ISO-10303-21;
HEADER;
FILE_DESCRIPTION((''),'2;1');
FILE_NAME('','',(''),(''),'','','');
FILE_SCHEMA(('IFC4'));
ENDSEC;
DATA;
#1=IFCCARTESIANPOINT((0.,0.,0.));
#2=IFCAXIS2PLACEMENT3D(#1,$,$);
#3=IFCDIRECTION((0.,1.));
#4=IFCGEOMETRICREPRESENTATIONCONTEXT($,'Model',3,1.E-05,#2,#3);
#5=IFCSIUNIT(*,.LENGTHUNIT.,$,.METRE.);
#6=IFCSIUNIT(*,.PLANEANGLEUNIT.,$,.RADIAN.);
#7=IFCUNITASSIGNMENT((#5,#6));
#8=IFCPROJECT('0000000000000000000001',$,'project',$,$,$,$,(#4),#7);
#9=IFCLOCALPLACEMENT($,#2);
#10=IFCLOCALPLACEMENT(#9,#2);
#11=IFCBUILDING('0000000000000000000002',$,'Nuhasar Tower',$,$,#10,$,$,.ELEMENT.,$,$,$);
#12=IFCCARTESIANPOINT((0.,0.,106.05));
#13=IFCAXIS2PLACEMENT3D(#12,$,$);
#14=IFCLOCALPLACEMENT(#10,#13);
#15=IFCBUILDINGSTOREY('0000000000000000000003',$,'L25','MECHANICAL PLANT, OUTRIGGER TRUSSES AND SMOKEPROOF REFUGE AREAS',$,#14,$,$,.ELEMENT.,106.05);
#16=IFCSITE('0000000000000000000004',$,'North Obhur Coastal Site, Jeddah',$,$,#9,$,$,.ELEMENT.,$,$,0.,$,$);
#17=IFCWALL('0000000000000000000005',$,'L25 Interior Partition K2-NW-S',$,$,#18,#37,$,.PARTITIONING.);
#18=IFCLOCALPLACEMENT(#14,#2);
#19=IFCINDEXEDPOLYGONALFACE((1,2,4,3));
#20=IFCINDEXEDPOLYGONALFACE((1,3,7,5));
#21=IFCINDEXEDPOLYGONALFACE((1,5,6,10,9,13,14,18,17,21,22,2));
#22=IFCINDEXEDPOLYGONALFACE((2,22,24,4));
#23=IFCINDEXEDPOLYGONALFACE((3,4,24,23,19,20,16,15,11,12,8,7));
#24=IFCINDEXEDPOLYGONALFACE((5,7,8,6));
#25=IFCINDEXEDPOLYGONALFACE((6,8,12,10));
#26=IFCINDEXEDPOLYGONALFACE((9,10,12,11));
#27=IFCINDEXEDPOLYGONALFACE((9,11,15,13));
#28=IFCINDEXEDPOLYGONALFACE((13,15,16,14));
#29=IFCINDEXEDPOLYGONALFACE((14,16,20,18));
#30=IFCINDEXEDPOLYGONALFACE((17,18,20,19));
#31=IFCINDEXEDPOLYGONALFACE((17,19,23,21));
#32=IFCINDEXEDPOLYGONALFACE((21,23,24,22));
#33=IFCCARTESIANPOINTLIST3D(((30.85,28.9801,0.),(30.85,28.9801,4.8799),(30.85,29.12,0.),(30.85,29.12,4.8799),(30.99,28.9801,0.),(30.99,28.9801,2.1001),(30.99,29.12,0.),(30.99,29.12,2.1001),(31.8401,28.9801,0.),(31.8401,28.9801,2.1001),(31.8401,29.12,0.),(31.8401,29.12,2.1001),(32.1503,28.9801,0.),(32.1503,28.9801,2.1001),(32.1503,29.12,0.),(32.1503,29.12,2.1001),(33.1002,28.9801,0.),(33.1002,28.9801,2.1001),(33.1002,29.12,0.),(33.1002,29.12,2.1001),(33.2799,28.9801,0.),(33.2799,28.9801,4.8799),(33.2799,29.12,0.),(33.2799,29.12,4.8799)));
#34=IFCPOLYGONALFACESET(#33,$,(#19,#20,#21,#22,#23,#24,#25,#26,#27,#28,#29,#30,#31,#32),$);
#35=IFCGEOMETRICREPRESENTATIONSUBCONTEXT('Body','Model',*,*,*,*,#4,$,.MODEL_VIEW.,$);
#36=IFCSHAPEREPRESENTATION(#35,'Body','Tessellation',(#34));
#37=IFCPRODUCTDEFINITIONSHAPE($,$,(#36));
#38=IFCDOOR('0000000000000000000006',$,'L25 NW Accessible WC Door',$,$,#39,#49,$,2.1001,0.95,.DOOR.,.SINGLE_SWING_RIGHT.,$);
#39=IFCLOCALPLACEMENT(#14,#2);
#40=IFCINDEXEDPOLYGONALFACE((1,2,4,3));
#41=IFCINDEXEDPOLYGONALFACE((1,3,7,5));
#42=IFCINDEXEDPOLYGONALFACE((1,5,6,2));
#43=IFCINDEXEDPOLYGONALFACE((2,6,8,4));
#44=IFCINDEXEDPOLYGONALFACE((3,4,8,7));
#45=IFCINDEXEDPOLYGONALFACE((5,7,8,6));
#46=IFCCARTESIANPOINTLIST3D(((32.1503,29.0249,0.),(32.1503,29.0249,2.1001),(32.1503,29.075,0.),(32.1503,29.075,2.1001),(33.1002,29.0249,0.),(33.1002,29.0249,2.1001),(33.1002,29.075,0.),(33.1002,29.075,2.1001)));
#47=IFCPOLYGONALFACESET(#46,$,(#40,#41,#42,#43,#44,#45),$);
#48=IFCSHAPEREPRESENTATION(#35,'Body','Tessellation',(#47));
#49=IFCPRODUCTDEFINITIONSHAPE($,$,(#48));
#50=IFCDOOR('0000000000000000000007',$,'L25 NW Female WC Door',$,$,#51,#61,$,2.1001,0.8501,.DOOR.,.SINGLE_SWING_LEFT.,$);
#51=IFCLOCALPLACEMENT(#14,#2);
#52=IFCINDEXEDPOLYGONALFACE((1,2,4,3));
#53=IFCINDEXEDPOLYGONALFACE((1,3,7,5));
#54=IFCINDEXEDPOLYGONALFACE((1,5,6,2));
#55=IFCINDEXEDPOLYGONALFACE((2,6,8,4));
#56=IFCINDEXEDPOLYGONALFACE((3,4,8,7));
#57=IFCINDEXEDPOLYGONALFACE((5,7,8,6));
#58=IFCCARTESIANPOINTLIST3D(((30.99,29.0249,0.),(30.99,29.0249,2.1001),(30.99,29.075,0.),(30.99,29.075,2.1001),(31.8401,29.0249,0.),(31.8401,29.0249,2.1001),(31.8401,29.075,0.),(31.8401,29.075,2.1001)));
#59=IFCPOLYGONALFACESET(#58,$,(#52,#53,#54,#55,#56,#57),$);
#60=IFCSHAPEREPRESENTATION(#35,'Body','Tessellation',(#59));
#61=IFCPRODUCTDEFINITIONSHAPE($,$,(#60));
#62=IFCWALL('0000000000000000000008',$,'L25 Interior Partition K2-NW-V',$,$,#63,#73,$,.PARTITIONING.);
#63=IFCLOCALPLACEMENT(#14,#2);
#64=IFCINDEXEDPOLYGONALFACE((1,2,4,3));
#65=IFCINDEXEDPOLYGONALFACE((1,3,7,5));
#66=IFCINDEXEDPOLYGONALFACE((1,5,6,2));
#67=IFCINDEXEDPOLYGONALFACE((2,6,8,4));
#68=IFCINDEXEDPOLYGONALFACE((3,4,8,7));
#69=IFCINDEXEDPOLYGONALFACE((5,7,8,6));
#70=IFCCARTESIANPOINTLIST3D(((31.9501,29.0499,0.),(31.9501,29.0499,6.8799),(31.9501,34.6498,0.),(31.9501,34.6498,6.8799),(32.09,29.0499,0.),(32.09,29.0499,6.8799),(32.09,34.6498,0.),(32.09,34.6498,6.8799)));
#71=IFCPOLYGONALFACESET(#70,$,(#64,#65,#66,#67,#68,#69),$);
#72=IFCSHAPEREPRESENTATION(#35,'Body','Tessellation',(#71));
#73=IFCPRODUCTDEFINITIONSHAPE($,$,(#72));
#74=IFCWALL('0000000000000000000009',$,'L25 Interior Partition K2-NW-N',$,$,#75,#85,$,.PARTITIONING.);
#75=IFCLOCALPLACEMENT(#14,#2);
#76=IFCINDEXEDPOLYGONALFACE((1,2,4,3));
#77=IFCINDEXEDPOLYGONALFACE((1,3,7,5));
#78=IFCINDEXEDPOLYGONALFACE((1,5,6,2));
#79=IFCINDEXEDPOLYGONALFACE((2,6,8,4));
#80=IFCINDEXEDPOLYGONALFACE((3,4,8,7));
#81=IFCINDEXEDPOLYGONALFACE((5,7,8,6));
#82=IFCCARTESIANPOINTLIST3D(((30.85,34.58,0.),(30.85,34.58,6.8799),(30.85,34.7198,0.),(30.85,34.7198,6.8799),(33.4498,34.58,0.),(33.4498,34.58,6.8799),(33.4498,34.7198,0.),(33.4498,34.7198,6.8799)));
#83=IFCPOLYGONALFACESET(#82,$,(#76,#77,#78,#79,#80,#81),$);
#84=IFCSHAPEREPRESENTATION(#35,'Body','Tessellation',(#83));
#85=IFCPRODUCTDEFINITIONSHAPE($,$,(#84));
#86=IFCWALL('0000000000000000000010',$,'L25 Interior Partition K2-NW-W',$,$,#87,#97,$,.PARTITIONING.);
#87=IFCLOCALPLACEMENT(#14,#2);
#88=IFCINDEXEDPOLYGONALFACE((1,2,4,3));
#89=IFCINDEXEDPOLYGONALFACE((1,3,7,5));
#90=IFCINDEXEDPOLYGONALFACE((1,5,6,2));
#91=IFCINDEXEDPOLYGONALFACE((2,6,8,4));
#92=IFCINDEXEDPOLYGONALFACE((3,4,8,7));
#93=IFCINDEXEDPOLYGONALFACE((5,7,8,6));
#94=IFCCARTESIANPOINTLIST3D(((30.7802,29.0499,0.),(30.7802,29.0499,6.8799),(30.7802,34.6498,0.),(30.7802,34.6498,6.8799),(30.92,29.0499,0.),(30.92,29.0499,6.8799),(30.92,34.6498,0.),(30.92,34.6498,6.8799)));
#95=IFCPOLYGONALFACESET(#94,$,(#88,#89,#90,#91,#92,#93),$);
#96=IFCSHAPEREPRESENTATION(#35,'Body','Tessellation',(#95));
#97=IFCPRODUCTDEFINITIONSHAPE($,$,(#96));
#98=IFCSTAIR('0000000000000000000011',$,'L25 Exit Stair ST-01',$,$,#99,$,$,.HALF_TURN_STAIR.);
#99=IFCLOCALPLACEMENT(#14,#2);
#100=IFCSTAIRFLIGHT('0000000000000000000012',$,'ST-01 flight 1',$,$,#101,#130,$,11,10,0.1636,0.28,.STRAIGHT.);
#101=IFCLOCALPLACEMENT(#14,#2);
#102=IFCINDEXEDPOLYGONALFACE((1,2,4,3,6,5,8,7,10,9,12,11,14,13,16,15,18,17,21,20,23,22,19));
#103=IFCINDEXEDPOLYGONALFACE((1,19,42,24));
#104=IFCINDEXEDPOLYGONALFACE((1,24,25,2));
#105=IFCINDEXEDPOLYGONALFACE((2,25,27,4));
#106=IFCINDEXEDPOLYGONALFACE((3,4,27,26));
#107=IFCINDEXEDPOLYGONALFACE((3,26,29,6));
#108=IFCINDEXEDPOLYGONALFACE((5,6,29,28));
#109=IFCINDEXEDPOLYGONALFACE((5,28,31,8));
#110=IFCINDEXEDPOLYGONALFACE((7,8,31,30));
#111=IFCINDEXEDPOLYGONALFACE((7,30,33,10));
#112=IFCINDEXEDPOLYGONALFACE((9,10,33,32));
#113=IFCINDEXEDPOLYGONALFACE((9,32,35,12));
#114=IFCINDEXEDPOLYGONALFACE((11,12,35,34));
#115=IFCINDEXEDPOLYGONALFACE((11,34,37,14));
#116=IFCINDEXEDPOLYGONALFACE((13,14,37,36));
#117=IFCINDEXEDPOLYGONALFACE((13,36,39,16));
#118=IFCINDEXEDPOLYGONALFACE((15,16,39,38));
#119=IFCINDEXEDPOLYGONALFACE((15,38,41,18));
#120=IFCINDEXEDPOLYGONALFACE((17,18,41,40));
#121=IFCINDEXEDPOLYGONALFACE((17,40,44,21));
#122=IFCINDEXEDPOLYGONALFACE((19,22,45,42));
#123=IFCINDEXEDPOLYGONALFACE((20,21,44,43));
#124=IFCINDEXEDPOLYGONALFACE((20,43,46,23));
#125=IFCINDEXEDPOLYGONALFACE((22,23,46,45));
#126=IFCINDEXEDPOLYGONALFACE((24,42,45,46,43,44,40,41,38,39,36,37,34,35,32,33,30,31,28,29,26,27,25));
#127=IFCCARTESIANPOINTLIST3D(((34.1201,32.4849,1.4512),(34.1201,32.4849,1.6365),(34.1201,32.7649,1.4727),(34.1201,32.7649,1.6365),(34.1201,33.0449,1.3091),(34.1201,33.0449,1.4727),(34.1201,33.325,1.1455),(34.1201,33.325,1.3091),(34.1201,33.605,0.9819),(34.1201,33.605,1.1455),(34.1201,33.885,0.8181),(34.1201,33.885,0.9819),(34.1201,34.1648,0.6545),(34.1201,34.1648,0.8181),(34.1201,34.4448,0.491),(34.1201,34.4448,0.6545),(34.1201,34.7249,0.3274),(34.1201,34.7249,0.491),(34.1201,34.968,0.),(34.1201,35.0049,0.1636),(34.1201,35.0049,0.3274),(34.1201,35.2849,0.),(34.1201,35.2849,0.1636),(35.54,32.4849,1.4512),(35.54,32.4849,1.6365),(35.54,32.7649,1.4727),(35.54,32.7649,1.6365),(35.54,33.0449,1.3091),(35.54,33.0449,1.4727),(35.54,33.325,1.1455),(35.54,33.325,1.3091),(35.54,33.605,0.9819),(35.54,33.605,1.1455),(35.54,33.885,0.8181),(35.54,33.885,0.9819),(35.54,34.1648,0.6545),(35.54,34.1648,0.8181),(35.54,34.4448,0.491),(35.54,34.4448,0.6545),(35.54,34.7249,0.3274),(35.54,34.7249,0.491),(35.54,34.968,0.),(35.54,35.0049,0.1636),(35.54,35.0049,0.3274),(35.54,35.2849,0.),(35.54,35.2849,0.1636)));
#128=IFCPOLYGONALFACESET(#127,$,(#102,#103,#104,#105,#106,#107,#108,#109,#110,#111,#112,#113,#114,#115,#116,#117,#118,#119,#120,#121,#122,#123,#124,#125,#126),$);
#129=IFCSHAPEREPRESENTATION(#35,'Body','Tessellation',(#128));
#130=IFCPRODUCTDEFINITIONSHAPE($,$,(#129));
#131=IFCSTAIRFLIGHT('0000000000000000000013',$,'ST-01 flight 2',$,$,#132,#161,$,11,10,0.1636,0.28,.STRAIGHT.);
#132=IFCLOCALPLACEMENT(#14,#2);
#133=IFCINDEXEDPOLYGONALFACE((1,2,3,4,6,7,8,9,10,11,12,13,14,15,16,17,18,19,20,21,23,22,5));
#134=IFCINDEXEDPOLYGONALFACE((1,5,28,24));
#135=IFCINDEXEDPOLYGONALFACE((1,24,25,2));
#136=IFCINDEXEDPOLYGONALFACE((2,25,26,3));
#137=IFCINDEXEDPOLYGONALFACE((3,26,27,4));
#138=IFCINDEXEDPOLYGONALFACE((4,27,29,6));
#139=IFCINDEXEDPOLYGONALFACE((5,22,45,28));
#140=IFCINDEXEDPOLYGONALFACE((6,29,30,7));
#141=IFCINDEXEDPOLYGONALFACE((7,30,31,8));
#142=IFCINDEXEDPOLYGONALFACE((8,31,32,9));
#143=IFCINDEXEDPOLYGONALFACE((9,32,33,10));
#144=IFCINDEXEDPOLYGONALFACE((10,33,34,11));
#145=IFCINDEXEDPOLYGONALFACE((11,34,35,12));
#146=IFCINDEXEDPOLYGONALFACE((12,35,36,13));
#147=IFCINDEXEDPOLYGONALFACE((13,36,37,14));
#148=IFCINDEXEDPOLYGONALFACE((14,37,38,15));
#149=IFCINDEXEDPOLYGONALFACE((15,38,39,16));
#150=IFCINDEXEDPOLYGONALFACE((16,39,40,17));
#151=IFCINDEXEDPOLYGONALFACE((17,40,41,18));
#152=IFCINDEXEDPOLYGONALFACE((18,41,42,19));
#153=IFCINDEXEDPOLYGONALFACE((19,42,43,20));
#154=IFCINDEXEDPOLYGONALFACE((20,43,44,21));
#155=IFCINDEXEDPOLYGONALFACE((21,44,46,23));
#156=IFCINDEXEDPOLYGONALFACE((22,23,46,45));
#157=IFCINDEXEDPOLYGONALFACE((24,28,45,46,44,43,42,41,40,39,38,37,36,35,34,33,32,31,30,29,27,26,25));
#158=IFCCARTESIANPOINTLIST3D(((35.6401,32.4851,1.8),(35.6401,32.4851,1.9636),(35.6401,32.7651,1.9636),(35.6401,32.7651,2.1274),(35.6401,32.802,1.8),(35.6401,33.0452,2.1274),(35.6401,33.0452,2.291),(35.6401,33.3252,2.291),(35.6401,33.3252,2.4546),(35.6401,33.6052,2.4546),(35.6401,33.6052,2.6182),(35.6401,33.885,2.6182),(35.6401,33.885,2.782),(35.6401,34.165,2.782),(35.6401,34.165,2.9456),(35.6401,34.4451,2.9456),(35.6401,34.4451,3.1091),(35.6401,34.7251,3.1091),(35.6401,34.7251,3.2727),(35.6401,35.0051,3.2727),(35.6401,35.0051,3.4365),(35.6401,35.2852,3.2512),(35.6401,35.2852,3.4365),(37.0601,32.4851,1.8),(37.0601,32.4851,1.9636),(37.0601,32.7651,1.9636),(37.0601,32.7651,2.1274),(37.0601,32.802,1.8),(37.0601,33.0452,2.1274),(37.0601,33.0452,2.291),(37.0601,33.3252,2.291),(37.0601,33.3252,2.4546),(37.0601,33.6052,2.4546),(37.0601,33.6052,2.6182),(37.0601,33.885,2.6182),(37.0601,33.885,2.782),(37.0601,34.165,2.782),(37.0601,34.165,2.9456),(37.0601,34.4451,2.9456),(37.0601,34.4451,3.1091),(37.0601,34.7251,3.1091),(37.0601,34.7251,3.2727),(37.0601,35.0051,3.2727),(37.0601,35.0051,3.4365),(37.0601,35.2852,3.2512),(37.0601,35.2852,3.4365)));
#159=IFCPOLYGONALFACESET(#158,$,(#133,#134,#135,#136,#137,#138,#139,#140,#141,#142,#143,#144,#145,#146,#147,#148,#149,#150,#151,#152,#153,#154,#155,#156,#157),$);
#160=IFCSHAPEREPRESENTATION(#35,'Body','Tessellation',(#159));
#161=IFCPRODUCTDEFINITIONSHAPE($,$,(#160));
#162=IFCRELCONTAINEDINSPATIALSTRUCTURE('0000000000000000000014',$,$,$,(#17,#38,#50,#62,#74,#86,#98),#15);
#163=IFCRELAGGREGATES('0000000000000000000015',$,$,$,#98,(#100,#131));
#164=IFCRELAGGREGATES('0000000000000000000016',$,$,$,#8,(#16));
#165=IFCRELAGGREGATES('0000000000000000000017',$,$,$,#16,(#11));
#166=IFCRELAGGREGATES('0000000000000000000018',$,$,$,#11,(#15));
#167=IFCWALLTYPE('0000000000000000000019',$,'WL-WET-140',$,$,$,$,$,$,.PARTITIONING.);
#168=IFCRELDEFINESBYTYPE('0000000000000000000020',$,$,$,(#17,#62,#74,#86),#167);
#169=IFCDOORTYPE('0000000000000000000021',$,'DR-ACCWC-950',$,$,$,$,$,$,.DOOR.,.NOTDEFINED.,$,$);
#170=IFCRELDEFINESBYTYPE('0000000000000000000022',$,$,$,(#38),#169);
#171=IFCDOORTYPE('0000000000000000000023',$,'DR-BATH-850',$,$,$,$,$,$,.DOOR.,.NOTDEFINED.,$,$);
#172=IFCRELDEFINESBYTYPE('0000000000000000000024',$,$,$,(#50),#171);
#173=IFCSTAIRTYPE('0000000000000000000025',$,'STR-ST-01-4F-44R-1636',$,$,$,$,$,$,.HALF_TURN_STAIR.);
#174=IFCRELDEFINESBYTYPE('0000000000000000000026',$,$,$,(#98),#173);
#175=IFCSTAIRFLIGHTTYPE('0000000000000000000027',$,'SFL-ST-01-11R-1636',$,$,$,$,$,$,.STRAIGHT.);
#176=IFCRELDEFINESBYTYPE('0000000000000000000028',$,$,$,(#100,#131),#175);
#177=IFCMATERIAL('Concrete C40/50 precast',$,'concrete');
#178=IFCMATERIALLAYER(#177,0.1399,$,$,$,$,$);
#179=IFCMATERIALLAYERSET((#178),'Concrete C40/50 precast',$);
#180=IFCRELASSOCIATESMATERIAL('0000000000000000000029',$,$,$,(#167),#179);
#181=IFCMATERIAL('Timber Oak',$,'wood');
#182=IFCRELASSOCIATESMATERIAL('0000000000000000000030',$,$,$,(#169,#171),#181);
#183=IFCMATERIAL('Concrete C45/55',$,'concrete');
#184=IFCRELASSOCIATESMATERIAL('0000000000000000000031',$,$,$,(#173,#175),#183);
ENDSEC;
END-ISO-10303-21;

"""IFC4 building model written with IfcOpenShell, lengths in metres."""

from ifc_helpers import new_model, si_unit, direction, frame, frame_2d, origin, place, context, subcontext, project, spatial, polyline, rectangle, outline, extrude, material, layer, layer_set, type_object, element, fill, aggregate, save


model = new_model("IFC4")

# Units and contexts
model_context = context("Model", 3, precision=1e-05, world=origin(), true_north=direction((0.0, 1.0)))
body_context = subcontext(model_context, "Body", "Model", "MODEL_VIEW")
ifc_project = project(units=[si_unit("LENGTHUNIT", "METRE"), si_unit("PLANEANGLEUNIT", "RADIAN")], contexts=[model_context])

# Site, building, storey
site_placement = place(None, origin())
site = spatial("IfcSite", under=ifc_project, at=site_placement, Name="North Obhur Coastal Site, Jeddah", CompositionType="ELEMENT", RefElevation=0.0)
building_placement = place(site_placement, origin())
building = spatial("IfcBuilding", under=site, at=building_placement, Name="Nuhasar Tower", CompositionType="ELEMENT")
storey_placement = place(building_placement, frame((0.0, 0.0, 106.05)))
storey = spatial("IfcBuildingStorey", under=building, at=storey_placement, Name="L25", Description="MECHANICAL PLANT, OUTRIGGER TRUSSES AND SMOKEPROOF REFUGE AREAS", CompositionType="ELEMENT", Elevation=106.05)

# Shared definitions
ifc_material_1 = material(Name="Concrete C40/50 precast", Category="concrete")
ifc_layer_1 = layer(ifc_material_1, 0.1399)
ifc_layer_set_1 = layer_set([ifc_layer_1], Name="Concrete C40/50 precast")
wall_type_1 = type_object("IfcWallType", Name="WL-WET-140", PredefinedType="PARTITIONING", material=ifc_layer_set_1)

# Wall, openings, doors
wall_1_placement = place(storey_placement, frame((30.8501, 29.05, 0.0), z_axis=(0.0, 0.0, 1.0), x_axis=(1.0, 0.0, 0.0)))
wall_1 = element("IfcWall", 1, at=wall_1_placement, inside=storey, type_object=wall_type_1, Name="L25 Interior Partition K2-NW-S", PredefinedType="PARTITIONING", context=body_context, shape_type="SweptSolid", body=[
    extrude(rectangle(XDim=2.4299, YDim=0.1399, at=frame_2d((1.2148, 0.0))), origin(), (0.0, 0.0, 1.0), 4.8799),
])
opening_1_placement = place(wall_1_placement, frame((0.1399, 0.0, 0.0)))
opening_1 = element("IfcOpeningElement", 2, at=opening_1_placement, cuts=wall_1, PredefinedType="OPENING", context=body_context, shape_type="SweptSolid", body=[
    extrude(rectangle(XDim=0.8501, YDim=2.1001, at=frame_2d((0.425, 1.05))), frame((0.0, 0.0801, 0.0), z_axis=(0.0, -1.0, 0.0), x_axis=(1.0, 0.0, 0.0)), (0.0, 0.0, 1.0), 0.1599),
])
opening_2_placement = place(wall_1_placement, frame((1.3, 0.0, 0.0)))
opening_2 = element("IfcOpeningElement", 3, at=opening_2_placement, cuts=wall_1, PredefinedType="OPENING", context=body_context, shape_type="SweptSolid", body=[
    extrude(rectangle(XDim=0.95, YDim=2.1001, at=frame_2d((0.4751, 1.05))), frame((0.0, 0.0801, 0.0), z_axis=(0.0, -1.0, 0.0), x_axis=(1.0, 0.0, 0.0)), (0.0, 0.0, 1.0), 0.1599),
])
ifc_material_2 = material(Name="Timber Oak", Category="wood")
door_type_1 = type_object("IfcDoorType", Name="DR-ACCWC-950", OperationType="NOTDEFINED", PredefinedType="DOOR", material=ifc_material_2)
door_1_placement = place(opening_2_placement, origin())
door_1 = element("IfcDoor", 4, at=door_1_placement, inside=storey, type_object=door_type_1, Name="L25 NW Accessible WC Door", OperationType="SINGLE_SWING_RIGHT", OverallHeight=2.1001, OverallWidth=0.95, PredefinedType="DOOR", context=body_context, shape_type="SweptSolid", body=[
    extrude(rectangle(XDim=0.95, YDim=2.1001, at=frame_2d((0.4751, 1.05))), frame((0.0, 0.0249, 0.0), z_axis=(0.0, -1.0, 0.0), x_axis=(1.0, 0.0, 0.0)), (0.0, 0.0, 1.0), 0.05),
])
fill(opening_2, door_1)
door_type_2 = type_object("IfcDoorType", Name="DR-BATH-850", OperationType="NOTDEFINED", PredefinedType="DOOR", material=ifc_material_2)
door_2_placement = place(opening_1_placement, origin())
door_2 = element("IfcDoor", 5, at=door_2_placement, inside=storey, type_object=door_type_2, Name="L25 NW Female WC Door", OperationType="SINGLE_SWING_LEFT", OverallHeight=2.1001, OverallWidth=0.8501, PredefinedType="DOOR", context=body_context, shape_type="SweptSolid", body=[
    extrude(rectangle(XDim=0.8501, YDim=2.1001, at=frame_2d((0.425, 1.05))), frame((0.0, 0.0249, 0.0), z_axis=(0.0, -1.0, 0.0), x_axis=(1.0, 0.0, 0.0)), (0.0, 0.0, 1.0), 0.05),
])
fill(opening_1, door_2)

# Walls
wall_2_placement = place(storey_placement, frame((32.02, 29.05, 0.0), z_axis=(0.0, 0.0, 1.0), x_axis=(0.0, 1.0, 0.0)))
element("IfcWall", 6, at=wall_2_placement, inside=storey, type_object=wall_type_1, Name="L25 Interior Partition K2-NW-V", PredefinedType="PARTITIONING", context=body_context, shape_type="SweptSolid", body=[
    extrude(rectangle(XDim=5.5999, YDim=0.1399, at=frame_2d((2.7998, 0.0))), origin(), (0.0, 0.0, 1.0), 6.8799),
])
wall_3_placement = place(storey_placement, frame((30.8501, 34.6499, 0.0), z_axis=(0.0, 0.0, 1.0), x_axis=(1.0, 0.0, 0.0)))
element("IfcWall", 7, at=wall_3_placement, inside=storey, type_object=wall_type_1, Name="L25 Interior Partition K2-NW-N", PredefinedType="PARTITIONING", context=body_context, shape_type="SweptSolid", body=[
    extrude(rectangle(XDim=2.5999, YDim=0.1399, at=frame_2d((1.2998, 0.0))), origin(), (0.0, 0.0, 1.0), 6.8799),
])
wall_4_placement = place(storey_placement, frame((30.8501, 29.05, 0.0), z_axis=(0.0, 0.0, 1.0), x_axis=(0.0, 1.0, 0.0)))
element("IfcWall", 8, at=wall_4_placement, inside=storey, type_object=wall_type_1, Name="L25 Interior Partition K2-NW-W", PredefinedType="PARTITIONING", context=body_context, shape_type="SweptSolid", body=[
    extrude(rectangle(XDim=5.5999, YDim=0.1399, at=frame_2d((2.7998, 0.0))), origin(), (0.0, 0.0, 1.0), 6.8799),
])

# Stair, stair flights
ifc_material_3 = material(Name="Concrete C45/55", Category="concrete")
stair_type_1 = type_object("IfcStairType", Name="STR-ST-01-4F-44R-1636", PredefinedType="HALF_TURN_STAIR", material=ifc_material_3)
stair_1_placement = place(storey_placement, origin())
stair_1 = element("IfcStair", 9, at=stair_1_placement, inside=storey, type_object=stair_type_1, Name="L25 Exit Stair ST-01", PredefinedType="HALF_TURN_STAIR")
stair_flight_type_1 = type_object("IfcStairFlightType", Name="SFL-ST-01-11R-1636", PredefinedType="STRAIGHT", material=ifc_material_3)
stair_flight_1_placement = place(storey_placement, frame((34.8301, 35.2849, 0.0), z_axis=(0.0, 0.0, 1.0), x_axis=(0.0, -1.0, 0.0)))
stair_flight_1 = element("IfcStairFlight", 10, at=stair_flight_1_placement, type_object=stair_flight_type_1, Name="ST-01 flight 1", NumberOfRisers=11, NumberOfTreads=10, PredefinedType="STRAIGHT", RiserHeight=0.1636, TreadLength=0.28, context=body_context, shape_type="SweptSolid", body=[
    extrude(outline(polyline([(0.0, 0.0), (0.0, 0.1636), (0.28, 0.1636), (0.28, 0.3274), (0.5601, 0.3274), (0.5601, 0.491), (0.8401, 0.491), (0.8401, 0.6545), (1.1201, 0.6545), (1.1201, 0.8181), (1.3999, 0.8181), (1.3999, 0.9819), (1.6799, 0.9819), (1.6799, 1.1455), (1.96, 1.1455), (1.96, 1.3091), (2.24, 1.3091), (2.24, 1.4727), (2.52, 1.4727), (2.52, 1.6365), (2.8, 1.6365), (2.8, 1.8), (2.8, 1.4512), (0.3169, 0.0), (0.0, 0.0)])), frame((0.0, 0.71, 0.0), z_axis=(0.0, -1.0, 0.0), x_axis=(1.0, 0.0, 0.0)), (0.0, 0.0, 1.0), 1.4199),
])
stair_flight_2_placement = place(storey_placement, frame((36.3501, 32.4851, 1.8), z_axis=(0.0, 0.0, 1.0), x_axis=(0.0, 1.0, 0.0)))
stair_flight_2 = element("IfcStairFlight", 11, at=stair_flight_2_placement, type_object=stair_flight_type_1, Name="ST-01 flight 2", NumberOfRisers=11, NumberOfTreads=10, PredefinedType="STRAIGHT", RiserHeight=0.1636, TreadLength=0.28, context=body_context, shape_type="SweptSolid", body=[
    extrude(outline(polyline([(0.0, 0.0), (0.0, 0.1636), (0.28, 0.1636), (0.28, 0.3274), (0.5601, 0.3274), (0.5601, 0.491), (0.8401, 0.491), (0.8401, 0.6545), (1.1201, 0.6545), (1.1201, 0.8181), (1.3999, 0.8181), (1.3999, 0.9819), (1.6799, 0.9819), (1.6799, 1.1455), (1.96, 1.1455), (1.96, 1.3091), (2.24, 1.3091), (2.24, 1.4727), (2.52, 1.4727), (2.52, 1.6365), (2.8, 1.6365), (2.8, 1.8), (2.8, 1.4512), (0.3169, 0.0), (0.0, 0.0)])), frame((0.0, 0.71, 0.0), z_axis=(0.0, -1.0, 0.0), x_axis=(1.0, 0.0, 0.0)), (0.0, 0.0, 1.0), 1.4199),
])
aggregate(stair_1, [stair_flight_1, stair_flight_2])

save(model, "model.ifc")
